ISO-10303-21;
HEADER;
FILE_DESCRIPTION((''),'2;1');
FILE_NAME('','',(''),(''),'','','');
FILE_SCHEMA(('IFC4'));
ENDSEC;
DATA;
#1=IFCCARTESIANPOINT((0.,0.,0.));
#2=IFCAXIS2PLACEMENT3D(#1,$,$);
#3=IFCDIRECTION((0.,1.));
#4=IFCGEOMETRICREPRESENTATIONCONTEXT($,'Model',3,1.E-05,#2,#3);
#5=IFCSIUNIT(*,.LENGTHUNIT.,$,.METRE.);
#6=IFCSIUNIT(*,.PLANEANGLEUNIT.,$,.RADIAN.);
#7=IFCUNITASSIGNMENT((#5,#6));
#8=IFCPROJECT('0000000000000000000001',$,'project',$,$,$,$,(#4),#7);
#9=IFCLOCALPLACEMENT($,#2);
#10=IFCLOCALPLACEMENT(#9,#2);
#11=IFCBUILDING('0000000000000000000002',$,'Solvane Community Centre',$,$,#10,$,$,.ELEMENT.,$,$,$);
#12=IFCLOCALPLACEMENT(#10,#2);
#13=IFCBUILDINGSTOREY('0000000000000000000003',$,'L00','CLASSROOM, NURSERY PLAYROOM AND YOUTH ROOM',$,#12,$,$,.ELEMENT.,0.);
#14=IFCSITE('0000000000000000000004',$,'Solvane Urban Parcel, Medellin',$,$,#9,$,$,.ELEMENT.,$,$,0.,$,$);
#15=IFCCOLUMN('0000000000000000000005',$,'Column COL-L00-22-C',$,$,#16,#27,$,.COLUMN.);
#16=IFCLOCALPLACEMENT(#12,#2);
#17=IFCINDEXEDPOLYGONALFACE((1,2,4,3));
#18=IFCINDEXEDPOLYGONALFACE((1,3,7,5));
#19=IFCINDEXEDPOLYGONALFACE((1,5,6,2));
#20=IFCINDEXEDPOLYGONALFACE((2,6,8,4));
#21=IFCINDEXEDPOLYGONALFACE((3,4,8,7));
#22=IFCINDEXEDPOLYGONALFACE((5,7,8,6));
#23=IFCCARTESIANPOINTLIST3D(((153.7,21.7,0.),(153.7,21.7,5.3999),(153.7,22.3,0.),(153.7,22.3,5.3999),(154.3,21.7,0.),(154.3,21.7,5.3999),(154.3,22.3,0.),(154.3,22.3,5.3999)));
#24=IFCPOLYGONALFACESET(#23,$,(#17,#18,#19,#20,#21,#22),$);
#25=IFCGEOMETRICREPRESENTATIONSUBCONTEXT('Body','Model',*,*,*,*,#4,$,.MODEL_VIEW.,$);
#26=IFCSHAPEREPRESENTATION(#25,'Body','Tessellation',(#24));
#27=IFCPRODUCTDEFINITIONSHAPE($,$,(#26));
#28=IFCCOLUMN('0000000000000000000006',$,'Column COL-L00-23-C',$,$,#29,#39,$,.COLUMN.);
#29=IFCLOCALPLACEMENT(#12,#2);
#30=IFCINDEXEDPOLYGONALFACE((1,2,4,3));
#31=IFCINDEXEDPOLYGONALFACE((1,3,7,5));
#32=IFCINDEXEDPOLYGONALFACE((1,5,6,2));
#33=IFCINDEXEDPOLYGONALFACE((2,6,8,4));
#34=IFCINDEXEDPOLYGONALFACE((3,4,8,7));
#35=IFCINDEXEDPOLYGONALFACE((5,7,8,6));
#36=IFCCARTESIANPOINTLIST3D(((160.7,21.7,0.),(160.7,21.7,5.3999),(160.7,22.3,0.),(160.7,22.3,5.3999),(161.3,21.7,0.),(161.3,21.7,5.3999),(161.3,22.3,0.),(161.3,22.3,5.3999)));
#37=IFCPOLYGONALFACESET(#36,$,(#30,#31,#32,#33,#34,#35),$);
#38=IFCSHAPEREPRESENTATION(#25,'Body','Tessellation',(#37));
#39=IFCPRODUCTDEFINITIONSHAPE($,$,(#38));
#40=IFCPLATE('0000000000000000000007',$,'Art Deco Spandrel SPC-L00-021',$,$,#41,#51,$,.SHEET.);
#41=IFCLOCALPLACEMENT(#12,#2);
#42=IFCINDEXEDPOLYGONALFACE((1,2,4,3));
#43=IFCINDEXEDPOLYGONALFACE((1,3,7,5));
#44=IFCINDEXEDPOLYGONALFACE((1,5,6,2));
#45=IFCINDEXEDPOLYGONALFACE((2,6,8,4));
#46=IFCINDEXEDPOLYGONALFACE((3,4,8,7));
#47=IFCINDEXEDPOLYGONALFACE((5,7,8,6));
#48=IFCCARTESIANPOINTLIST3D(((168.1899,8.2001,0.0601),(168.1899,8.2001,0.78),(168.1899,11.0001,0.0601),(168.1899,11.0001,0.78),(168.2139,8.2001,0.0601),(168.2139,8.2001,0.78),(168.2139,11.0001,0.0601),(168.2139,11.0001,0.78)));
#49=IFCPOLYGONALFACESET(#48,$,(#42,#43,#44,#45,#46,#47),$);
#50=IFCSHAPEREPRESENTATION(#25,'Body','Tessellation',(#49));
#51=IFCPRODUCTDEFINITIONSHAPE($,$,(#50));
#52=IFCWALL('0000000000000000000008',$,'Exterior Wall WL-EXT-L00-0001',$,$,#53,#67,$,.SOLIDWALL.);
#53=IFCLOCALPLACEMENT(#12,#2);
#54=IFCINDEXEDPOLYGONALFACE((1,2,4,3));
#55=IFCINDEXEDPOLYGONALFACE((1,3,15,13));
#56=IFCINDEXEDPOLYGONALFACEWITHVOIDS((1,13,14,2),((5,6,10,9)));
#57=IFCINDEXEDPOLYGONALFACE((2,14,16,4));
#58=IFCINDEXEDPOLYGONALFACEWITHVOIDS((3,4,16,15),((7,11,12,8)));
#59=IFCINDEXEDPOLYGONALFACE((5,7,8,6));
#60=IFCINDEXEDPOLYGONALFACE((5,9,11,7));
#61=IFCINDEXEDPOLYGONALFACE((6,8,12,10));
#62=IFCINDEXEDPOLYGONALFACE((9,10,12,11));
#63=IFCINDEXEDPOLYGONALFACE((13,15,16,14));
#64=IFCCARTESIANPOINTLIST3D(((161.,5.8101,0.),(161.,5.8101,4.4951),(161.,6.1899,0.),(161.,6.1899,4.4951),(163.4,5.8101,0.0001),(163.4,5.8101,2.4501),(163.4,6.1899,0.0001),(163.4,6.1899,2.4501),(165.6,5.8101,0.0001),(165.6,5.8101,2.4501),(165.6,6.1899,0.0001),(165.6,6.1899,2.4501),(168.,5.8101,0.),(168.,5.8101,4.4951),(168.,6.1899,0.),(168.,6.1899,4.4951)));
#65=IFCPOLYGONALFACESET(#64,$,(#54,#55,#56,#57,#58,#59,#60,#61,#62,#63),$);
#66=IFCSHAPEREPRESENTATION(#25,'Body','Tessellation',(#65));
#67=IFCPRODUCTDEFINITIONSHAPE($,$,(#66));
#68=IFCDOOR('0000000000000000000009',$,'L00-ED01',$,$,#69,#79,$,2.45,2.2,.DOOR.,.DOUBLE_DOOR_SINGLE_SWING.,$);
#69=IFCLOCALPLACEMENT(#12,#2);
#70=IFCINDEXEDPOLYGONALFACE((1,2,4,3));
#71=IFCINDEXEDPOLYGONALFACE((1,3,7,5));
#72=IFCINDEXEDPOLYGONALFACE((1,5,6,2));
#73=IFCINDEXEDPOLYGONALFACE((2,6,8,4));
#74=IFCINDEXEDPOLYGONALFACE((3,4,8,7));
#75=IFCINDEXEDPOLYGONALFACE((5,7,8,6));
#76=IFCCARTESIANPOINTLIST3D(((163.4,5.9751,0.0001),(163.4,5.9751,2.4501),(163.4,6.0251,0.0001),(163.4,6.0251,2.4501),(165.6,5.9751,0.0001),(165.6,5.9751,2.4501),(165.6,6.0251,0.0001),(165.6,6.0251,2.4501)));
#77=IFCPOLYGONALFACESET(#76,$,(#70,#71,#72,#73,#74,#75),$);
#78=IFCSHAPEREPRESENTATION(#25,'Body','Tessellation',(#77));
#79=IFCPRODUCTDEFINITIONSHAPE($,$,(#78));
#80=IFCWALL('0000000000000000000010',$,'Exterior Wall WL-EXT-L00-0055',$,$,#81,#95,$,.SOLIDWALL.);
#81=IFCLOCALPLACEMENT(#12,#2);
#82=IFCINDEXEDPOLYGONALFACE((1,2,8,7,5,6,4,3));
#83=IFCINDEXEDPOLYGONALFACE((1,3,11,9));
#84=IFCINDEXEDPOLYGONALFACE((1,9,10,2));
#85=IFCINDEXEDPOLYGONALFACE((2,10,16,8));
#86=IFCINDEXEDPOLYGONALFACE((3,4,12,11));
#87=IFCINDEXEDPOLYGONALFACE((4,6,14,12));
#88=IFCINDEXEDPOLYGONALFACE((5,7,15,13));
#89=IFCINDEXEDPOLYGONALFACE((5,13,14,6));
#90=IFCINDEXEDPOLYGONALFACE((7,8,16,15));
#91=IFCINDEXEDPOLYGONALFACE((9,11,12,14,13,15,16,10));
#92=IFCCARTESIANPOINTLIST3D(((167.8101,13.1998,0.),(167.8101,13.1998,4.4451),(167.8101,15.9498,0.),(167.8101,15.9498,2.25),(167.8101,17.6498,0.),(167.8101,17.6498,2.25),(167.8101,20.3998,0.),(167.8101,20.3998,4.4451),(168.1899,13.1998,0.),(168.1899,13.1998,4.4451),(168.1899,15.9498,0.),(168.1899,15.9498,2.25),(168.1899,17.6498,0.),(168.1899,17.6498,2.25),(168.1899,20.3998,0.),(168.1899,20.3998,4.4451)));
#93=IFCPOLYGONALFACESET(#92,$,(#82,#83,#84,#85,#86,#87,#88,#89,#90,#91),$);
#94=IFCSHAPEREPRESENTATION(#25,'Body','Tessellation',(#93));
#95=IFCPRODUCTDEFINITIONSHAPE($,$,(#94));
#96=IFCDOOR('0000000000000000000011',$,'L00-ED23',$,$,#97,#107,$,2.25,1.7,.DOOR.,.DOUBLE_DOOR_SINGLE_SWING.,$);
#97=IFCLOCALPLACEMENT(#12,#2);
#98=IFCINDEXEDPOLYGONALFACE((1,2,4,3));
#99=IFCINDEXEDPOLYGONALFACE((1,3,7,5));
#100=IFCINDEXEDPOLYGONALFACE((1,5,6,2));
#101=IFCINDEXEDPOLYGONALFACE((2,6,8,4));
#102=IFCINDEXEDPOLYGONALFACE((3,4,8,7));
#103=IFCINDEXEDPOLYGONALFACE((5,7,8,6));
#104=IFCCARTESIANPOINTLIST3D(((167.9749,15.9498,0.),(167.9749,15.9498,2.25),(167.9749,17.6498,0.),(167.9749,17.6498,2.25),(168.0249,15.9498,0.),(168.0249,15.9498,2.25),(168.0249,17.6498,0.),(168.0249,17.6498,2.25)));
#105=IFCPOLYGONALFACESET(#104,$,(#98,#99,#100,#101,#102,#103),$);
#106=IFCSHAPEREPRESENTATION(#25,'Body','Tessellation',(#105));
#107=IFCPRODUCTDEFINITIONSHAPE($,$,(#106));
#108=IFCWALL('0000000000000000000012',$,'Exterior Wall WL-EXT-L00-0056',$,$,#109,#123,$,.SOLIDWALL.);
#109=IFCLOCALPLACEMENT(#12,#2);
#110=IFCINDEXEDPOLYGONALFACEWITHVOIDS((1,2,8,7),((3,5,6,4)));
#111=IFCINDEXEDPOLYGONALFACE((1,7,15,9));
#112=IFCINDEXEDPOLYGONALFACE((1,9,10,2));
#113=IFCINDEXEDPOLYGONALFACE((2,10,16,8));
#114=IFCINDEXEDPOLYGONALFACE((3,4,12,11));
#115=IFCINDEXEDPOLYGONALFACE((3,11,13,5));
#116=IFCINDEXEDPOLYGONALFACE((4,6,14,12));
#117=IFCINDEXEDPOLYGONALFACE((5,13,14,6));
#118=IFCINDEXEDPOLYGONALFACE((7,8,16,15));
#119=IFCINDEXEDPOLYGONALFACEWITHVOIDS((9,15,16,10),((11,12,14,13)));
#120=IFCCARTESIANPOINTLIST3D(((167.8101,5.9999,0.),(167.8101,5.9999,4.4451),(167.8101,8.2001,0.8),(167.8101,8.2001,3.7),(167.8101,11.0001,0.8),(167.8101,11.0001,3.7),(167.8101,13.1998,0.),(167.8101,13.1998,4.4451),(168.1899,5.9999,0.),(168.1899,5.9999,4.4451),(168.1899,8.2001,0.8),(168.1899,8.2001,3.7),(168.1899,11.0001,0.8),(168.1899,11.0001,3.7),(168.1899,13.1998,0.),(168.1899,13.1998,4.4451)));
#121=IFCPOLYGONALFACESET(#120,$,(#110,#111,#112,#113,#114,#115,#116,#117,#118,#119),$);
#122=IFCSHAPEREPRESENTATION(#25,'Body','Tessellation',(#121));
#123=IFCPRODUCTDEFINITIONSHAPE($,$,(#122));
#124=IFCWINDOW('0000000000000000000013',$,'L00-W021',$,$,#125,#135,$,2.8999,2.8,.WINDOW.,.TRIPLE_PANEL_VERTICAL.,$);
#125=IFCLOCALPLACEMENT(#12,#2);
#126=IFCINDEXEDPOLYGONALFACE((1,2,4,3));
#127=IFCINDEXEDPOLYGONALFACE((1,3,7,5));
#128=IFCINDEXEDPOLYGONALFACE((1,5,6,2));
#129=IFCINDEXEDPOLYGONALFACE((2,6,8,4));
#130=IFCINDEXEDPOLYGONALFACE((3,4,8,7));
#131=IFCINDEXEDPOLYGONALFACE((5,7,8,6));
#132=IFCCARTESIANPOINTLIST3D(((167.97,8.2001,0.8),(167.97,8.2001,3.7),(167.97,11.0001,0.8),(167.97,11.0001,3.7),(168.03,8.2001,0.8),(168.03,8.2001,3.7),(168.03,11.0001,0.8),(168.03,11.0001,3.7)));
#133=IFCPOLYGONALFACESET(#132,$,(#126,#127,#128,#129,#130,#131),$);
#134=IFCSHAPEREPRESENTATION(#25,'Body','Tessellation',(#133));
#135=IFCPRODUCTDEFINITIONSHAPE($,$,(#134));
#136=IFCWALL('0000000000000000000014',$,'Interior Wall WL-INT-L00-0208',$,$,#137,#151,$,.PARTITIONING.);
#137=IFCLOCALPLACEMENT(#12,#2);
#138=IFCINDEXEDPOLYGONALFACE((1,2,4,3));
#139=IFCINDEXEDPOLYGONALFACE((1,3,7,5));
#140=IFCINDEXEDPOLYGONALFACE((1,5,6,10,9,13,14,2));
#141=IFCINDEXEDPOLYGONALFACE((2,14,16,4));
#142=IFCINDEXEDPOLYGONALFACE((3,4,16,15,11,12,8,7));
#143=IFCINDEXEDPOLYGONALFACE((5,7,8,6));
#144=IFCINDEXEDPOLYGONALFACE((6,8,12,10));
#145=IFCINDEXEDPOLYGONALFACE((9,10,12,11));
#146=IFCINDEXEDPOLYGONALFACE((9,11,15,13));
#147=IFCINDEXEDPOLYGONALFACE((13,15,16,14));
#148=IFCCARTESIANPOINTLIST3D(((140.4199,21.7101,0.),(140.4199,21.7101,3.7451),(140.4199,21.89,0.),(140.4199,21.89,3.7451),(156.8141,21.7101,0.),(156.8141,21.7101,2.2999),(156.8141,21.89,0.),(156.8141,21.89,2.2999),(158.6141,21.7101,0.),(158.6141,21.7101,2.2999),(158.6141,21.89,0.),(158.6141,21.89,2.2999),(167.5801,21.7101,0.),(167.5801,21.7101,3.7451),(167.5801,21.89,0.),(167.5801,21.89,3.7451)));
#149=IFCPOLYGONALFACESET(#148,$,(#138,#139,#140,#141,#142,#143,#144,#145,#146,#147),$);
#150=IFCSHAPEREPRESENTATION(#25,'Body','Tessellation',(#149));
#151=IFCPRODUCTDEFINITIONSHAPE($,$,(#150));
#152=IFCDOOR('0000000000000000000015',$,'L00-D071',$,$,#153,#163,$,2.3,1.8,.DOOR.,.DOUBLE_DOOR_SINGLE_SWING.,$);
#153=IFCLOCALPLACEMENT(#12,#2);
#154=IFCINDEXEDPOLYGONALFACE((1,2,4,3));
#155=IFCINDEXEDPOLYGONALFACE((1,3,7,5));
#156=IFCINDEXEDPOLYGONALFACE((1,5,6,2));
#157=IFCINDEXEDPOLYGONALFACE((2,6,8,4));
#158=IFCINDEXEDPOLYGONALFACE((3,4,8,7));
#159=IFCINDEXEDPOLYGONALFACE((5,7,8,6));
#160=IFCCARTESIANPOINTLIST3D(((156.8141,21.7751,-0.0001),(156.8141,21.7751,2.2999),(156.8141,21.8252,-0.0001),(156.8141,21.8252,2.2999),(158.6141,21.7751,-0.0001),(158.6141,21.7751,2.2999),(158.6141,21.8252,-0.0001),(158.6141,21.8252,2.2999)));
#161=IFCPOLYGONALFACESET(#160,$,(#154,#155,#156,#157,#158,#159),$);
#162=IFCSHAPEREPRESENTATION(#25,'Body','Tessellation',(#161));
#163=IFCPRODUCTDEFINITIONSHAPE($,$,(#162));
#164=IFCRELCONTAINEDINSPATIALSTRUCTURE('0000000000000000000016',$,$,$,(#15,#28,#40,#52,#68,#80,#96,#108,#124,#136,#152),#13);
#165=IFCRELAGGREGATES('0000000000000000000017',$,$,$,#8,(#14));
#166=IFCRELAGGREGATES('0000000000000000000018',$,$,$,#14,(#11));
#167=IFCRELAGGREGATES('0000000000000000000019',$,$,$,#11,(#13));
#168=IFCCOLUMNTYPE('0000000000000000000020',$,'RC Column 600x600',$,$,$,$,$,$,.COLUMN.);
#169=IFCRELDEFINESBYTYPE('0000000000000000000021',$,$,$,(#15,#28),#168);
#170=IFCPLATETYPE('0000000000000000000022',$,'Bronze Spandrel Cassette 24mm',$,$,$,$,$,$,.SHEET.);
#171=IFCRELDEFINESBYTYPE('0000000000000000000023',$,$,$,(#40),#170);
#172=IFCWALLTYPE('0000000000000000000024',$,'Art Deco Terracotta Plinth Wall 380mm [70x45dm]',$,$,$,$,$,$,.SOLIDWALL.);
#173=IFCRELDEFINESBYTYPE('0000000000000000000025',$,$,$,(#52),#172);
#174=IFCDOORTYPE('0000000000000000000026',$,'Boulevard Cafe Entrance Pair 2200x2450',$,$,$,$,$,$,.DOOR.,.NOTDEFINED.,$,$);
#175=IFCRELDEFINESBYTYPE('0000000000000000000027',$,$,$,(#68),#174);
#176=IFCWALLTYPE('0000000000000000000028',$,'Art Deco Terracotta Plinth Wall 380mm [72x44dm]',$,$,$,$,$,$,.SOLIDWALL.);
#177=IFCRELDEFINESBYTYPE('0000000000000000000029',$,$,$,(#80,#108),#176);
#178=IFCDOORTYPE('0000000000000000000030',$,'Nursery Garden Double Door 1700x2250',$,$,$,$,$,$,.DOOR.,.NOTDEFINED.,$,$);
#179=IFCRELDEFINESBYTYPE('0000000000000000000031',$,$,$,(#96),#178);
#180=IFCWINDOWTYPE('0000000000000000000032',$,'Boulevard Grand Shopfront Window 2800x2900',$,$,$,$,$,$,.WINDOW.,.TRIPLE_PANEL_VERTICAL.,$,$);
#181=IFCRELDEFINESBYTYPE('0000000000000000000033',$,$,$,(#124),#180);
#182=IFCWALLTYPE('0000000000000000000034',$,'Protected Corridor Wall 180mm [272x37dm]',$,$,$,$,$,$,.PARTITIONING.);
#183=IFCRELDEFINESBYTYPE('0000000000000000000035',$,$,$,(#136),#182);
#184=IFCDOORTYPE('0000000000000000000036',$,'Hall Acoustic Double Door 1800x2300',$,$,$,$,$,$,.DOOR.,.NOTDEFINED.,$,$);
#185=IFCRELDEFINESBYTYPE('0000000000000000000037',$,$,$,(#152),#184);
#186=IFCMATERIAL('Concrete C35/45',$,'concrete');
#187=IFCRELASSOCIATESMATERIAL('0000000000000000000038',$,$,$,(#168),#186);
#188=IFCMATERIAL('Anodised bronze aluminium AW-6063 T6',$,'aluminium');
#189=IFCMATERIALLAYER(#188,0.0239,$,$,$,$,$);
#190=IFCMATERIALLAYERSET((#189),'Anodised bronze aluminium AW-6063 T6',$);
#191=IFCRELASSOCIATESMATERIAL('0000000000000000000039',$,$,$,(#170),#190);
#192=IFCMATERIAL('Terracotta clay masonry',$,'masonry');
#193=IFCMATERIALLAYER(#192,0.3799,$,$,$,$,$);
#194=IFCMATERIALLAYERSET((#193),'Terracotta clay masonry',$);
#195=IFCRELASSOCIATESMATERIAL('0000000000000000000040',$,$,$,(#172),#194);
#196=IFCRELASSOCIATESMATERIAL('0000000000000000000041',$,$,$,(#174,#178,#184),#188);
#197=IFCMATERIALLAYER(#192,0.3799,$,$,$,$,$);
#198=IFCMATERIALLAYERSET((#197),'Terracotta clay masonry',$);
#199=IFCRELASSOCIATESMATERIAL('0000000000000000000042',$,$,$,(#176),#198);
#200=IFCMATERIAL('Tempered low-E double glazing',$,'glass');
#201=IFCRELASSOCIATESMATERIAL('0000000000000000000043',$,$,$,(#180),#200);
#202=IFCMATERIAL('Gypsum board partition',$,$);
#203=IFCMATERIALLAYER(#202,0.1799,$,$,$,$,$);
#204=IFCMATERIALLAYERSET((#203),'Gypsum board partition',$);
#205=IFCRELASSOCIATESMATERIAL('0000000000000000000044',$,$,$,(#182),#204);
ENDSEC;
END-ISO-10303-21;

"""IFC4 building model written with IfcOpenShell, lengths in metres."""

from ifc_helpers import new_model, si_unit, direction, frame, frame_2d, origin, origin_2d, place, context, subcontext, project, spatial, rectangle, extrude, material, layer, layer_set, material_profile, profile_set, type_object, element, fill, save


model = new_model("IFC4")

# Units and contexts
model_context = context("Model", 3, precision=1e-05, world=origin(), true_north=direction((0.0, 1.0)))
body_context = subcontext(model_context, "Body", "Model", "MODEL_VIEW")
ifc_project = project(units=[si_unit("LENGTHUNIT", "METRE"), si_unit("PLANEANGLEUNIT", "RADIAN")], contexts=[model_context])

# Site, building, storey
site_placement = place(None, origin())
site = spatial("IfcSite", under=ifc_project, at=site_placement, Name="Solvane Urban Parcel, Medellin", CompositionType="ELEMENT", RefElevation=0.0)
building_placement = place(site_placement, origin())
building = spatial("IfcBuilding", under=site, at=building_placement, Name="Solvane Community Centre", CompositionType="ELEMENT")
storey_placement = place(building_placement, origin())
storey = spatial("IfcBuildingStorey", under=building, at=storey_placement, Name="L00", Description="CLASSROOM, NURSERY PLAYROOM AND YOUTH ROOM", CompositionType="ELEMENT", Elevation=0.0)

# Columns
ifc_material_1 = material(Name="Concrete C35/45", Category="concrete")
ifc_material_profile_1 = material_profile(ifc_material_1, rectangle(XDim=0.6001, YDim=0.6001, at=origin_2d()), Name="RC 600x600")
ifc_profile_set_1 = profile_set([ifc_material_profile_1], Name="Concrete C35/45")
column_type_1 = type_object("IfcColumnType", Name="RC Column 600x600", PredefinedType="COLUMN", material=ifc_profile_set_1)
for number, where, z_axis, x_axis, name in (
    (1, (154.0, 22.0, 0.0), (0.0, 0.0, 1.0), (1.0, 0.0, 0.0), "Column COL-L00-22-C"),
    (2, (161.0, 22.0, 0.0), (0.0, 0.0, 1.0), (1.0, 0.0, 0.0), "Column COL-L00-23-C"),
):
    element("IfcColumn", number, at=place(storey_placement, frame(where, z_axis=z_axis, x_axis=x_axis)), inside=storey, type_object=column_type_1, Name=name, PredefinedType="COLUMN", context=body_context, shape_type="SweptSolid", body=[
        extrude(rectangle(XDim=0.6001, YDim=0.6001, at=origin_2d()), origin(), (0.0, 0.0, 1.0), 5.3999),
    ])

# Plate
ifc_material_2 = material(Name="Anodised bronze aluminium AW-6063 T6", Category="aluminium")
ifc_layer_1 = layer(ifc_material_2, 0.0239)
ifc_layer_set_1 = layer_set([ifc_layer_1], Name="Anodised bronze aluminium AW-6063 T6")
plate_type = type_object("IfcPlateType", Name="Bronze Spandrel Cassette 24mm", PredefinedType="SHEET", material=ifc_layer_set_1)
plate_placement = place(storey_placement, frame((168.2019, 9.6001, 0.0601), z_axis=(0.0, 0.0, 1.0), x_axis=(0.0, -1.0, 0.0)))
element("IfcPlate", 3, at=plate_placement, inside=storey, type_object=plate_type, Name="Art Deco Spandrel SPC-L00-021", PredefinedType="SHEET", context=body_context, shape_type="SweptSolid", body=[
    extrude(rectangle(XDim=2.8, YDim=0.0239, at=origin_2d()), origin(), (0.0, 0.0, 1.0), 0.72),
])

# Walls, openings, doors
ifc_material_3 = material(Name="Terracotta clay masonry", Category="masonry")
ifc_layer_2 = layer(ifc_material_3, 0.3799)
ifc_layer_set_2 = layer_set([ifc_layer_2], Name="Terracotta clay masonry")
wall_type_1 = type_object("IfcWallType", Name="Art Deco Terracotta Plinth Wall 380mm [70x45dm]", PredefinedType="SOLIDWALL", material=ifc_layer_set_2)
wall_1_placement = place(storey_placement, frame((168.0, 6.0, 0.0), z_axis=(0.0, 0.0, 1.0), x_axis=(-1.0, 0.0, 0.0)))
wall_1 = element("IfcWall", 4, at=wall_1_placement, inside=storey, type_object=wall_type_1, Name="Exterior Wall WL-EXT-L00-0001", PredefinedType="SOLIDWALL", context=body_context, shape_type="SweptSolid", body=[
    extrude(rectangle(XDim=7.0, YDim=0.3799, at=frame_2d((3.5, 0.0))), origin(), (0.0, 0.0, 1.0), 4.4951),
])
opening_1_placement = place(wall_1_placement, frame((2.3999, 0.0, 0.0)))
opening_1 = element("IfcOpeningElement", 5, at=opening_1_placement, cuts=wall_1, PredefinedType="OPENING", context=body_context, shape_type="SweptSolid", body=[
    extrude(rectangle(XDim=2.2, YDim=2.45, at=frame_2d((1.1001, 1.2251))), frame((0.0, 0.2, 0.0), z_axis=(0.0, -1.0, 0.0), x_axis=(1.0, 0.0, 0.0)), (0.0, 0.0, 1.0), 0.3999),
])
door_type_1 = type_object("IfcDoorType", Name="Boulevard Cafe Entrance Pair 2200x2450", OperationType="NOTDEFINED", PredefinedType="DOOR", material=ifc_material_2)
door_1_placement = place(opening_1_placement, origin())
door_1 = element("IfcDoor", 6, at=door_1_placement, inside=storey, type_object=door_type_1, Name="L00-ED01", OperationType="DOUBLE_DOOR_SINGLE_SWING", OverallHeight=2.45, OverallWidth=2.2, PredefinedType="DOOR", context=body_context, shape_type="SweptSolid", body=[
    extrude(rectangle(XDim=2.2, YDim=2.45, at=frame_2d((1.1001, 1.2251))), frame((0.0, 0.0249, 0.0), z_axis=(0.0, -1.0, 0.0), x_axis=(1.0, 0.0, 0.0)), (0.0, 0.0, 1.0), 0.05),
])
fill(opening_1, door_1)
ifc_layer_3 = layer(ifc_material_3, 0.3799)
ifc_layer_set_3 = layer_set([ifc_layer_3], Name="Terracotta clay masonry")
wall_type_2 = type_object("IfcWallType", Name="Art Deco Terracotta Plinth Wall 380mm [72x44dm]", PredefinedType="SOLIDWALL", material=ifc_layer_set_3)
wall_2_placement = place(storey_placement, frame((168.0, 20.3999, 0.0), z_axis=(0.0, 0.0, 1.0), x_axis=(0.0, -1.0, 0.0)))
wall_2 = element("IfcWall", 7, at=wall_2_placement, inside=storey, type_object=wall_type_2, Name="Exterior Wall WL-EXT-L00-0055", PredefinedType="SOLIDWALL", context=body_context, shape_type="SweptSolid", body=[
    extrude(rectangle(XDim=7.2, YDim=0.3799, at=frame_2d((3.6001, 0.0))), origin(), (0.0, 0.0, 1.0), 4.4451),
])
opening_2_placement = place(wall_2_placement, frame((2.75, 0.0, 0.0)))
opening_2 = element("IfcOpeningElement", 8, at=opening_2_placement, cuts=wall_2, PredefinedType="OPENING", context=body_context, shape_type="SweptSolid", body=[
    extrude(rectangle(XDim=1.7, YDim=2.25, at=frame_2d((0.8501, 1.125))), frame((0.0, 0.2, 0.0), z_axis=(0.0, -1.0, 0.0), x_axis=(1.0, 0.0, 0.0)), (0.0, 0.0, 1.0), 0.3999),
])
door_type_2 = type_object("IfcDoorType", Name="Nursery Garden Double Door 1700x2250", OperationType="NOTDEFINED", PredefinedType="DOOR", material=ifc_material_2)
door_2_placement = place(opening_2_placement, origin())
door_2 = element("IfcDoor", 9, at=door_2_placement, inside=storey, type_object=door_type_2, Name="L00-ED23", OperationType="DOUBLE_DOOR_SINGLE_SWING", OverallHeight=2.25, OverallWidth=1.7, PredefinedType="DOOR", context=body_context, shape_type="SweptSolid", body=[
    extrude(rectangle(XDim=1.7, YDim=2.25, at=frame_2d((0.8501, 1.125))), frame((0.0, 0.0249, 0.0), z_axis=(0.0, -1.0, 0.0), x_axis=(1.0, 0.0, 0.0)), (0.0, 0.0, 1.0), 0.05),
])
fill(opening_2, door_2)

# Wall, opening, window
wall_3_placement = place(storey_placement, frame((168.0, 13.2, 0.0), z_axis=(0.0, 0.0, 1.0), x_axis=(0.0, -1.0, 0.0)))
wall_3 = element("IfcWall", 10, at=wall_3_placement, inside=storey, type_object=wall_type_2, Name="Exterior Wall WL-EXT-L00-0056", PredefinedType="SOLIDWALL", context=body_context, shape_type="SweptSolid", body=[
    extrude(rectangle(XDim=7.2, YDim=0.3799, at=frame_2d((3.6001, 0.0))), origin(), (0.0, 0.0, 1.0), 4.4451),
])
opening_3_placement = place(wall_3_placement, frame((2.2, 0.0, 0.8)))
opening_3 = element("IfcOpeningElement", 11, at=opening_3_placement, cuts=wall_3, PredefinedType="OPENING", context=body_context, shape_type="SweptSolid", body=[
    extrude(rectangle(XDim=2.8, YDim=2.8999, at=frame_2d((1.3999, 1.45))), frame((0.0, 0.2, 0.0), z_axis=(0.0, -1.0, 0.0), x_axis=(1.0, 0.0, 0.0)), (0.0, 0.0, 1.0), 0.3999),
])
ifc_material_4 = material(Name="Tempered low-E double glazing", Category="glass")
window_type = type_object("IfcWindowType", Name="Boulevard Grand Shopfront Window 2800x2900", PartitioningType="TRIPLE_PANEL_VERTICAL", PredefinedType="WINDOW", material=ifc_material_4)
window_placement = place(opening_3_placement, origin())
window = element("IfcWindow", 12, at=window_placement, inside=storey, type_object=window_type, Name="L00-W021", OverallHeight=2.8999, OverallWidth=2.8, PartitioningType="TRIPLE_PANEL_VERTICAL", PredefinedType="WINDOW", context=body_context, shape_type="SweptSolid", body=[
    extrude(rectangle(XDim=2.8, YDim=2.8999, at=frame_2d((1.3999, 1.45))), frame((0.0, 0.03, 0.0), z_axis=(0.0, -1.0, 0.0), x_axis=(1.0, 0.0, 0.0)), (0.0, 0.0, 1.0), 0.0601),
])
fill(opening_3, window)

# Wall, opening, door
ifc_material_5 = material(Name="Gypsum board partition")
ifc_layer_4 = layer(ifc_material_5, 0.1799)
ifc_layer_set_4 = layer_set([ifc_layer_4], Name="Gypsum board partition")
wall_type_3 = type_object("IfcWallType", Name="Protected Corridor Wall 180mm [272x37dm]", PredefinedType="PARTITIONING", material=ifc_layer_set_4)
wall_4_placement = place(storey_placement, frame((167.5801, 21.8, 0.0), z_axis=(0.0, 0.0, 1.0), x_axis=(-1.0, 0.0, 0.0)))
wall_4 = element("IfcWall", 13, at=wall_4_placement, inside=storey, type_object=wall_type_3, Name="Interior Wall WL-INT-L00-0208", PredefinedType="PARTITIONING", context=body_context, shape_type="SweptSolid", body=[
    extrude(rectangle(XDim=27.1602, YDim=0.1799, at=frame_2d((13.5801, 0.0))), origin(), (0.0, 0.0, 1.0), 3.7451),
])
opening_4_placement = place(wall_4_placement, frame((8.9661, 0.0, 0.0)))
opening_4 = element("IfcOpeningElement", 14, at=opening_4_placement, cuts=wall_4, PredefinedType="OPENING", context=body_context, shape_type="SweptSolid", body=[
    extrude(rectangle(XDim=1.8, YDim=2.3, at=frame_2d((0.8999, 1.1499))), frame((0.0, 0.0999, 0.0), z_axis=(0.0, -1.0, 0.0), x_axis=(1.0, 0.0, 0.0)), (0.0, 0.0, 1.0), 0.2),
])
door_type_3 = type_object("IfcDoorType", Name="Hall Acoustic Double Door 1800x2300", OperationType="NOTDEFINED", PredefinedType="DOOR", material=ifc_material_2)
door_3_placement = place(opening_4_placement, origin())
door_3 = element("IfcDoor", 15, at=door_3_placement, inside=storey, type_object=door_type_3, Name="L00-D071", OperationType="DOUBLE_DOOR_SINGLE_SWING", OverallHeight=2.3, OverallWidth=1.8, PredefinedType="DOOR", context=body_context, shape_type="SweptSolid", body=[
    extrude(rectangle(XDim=1.8, YDim=2.3, at=frame_2d((0.8999, 1.1499))), frame((0.0, 0.0249, 0.0), z_axis=(0.0, -1.0, 0.0), x_axis=(1.0, 0.0, 0.0)), (0.0, 0.0, 1.0), 0.05),
])
fill(opening_4, door_3)

save(model, "model.ifc")
